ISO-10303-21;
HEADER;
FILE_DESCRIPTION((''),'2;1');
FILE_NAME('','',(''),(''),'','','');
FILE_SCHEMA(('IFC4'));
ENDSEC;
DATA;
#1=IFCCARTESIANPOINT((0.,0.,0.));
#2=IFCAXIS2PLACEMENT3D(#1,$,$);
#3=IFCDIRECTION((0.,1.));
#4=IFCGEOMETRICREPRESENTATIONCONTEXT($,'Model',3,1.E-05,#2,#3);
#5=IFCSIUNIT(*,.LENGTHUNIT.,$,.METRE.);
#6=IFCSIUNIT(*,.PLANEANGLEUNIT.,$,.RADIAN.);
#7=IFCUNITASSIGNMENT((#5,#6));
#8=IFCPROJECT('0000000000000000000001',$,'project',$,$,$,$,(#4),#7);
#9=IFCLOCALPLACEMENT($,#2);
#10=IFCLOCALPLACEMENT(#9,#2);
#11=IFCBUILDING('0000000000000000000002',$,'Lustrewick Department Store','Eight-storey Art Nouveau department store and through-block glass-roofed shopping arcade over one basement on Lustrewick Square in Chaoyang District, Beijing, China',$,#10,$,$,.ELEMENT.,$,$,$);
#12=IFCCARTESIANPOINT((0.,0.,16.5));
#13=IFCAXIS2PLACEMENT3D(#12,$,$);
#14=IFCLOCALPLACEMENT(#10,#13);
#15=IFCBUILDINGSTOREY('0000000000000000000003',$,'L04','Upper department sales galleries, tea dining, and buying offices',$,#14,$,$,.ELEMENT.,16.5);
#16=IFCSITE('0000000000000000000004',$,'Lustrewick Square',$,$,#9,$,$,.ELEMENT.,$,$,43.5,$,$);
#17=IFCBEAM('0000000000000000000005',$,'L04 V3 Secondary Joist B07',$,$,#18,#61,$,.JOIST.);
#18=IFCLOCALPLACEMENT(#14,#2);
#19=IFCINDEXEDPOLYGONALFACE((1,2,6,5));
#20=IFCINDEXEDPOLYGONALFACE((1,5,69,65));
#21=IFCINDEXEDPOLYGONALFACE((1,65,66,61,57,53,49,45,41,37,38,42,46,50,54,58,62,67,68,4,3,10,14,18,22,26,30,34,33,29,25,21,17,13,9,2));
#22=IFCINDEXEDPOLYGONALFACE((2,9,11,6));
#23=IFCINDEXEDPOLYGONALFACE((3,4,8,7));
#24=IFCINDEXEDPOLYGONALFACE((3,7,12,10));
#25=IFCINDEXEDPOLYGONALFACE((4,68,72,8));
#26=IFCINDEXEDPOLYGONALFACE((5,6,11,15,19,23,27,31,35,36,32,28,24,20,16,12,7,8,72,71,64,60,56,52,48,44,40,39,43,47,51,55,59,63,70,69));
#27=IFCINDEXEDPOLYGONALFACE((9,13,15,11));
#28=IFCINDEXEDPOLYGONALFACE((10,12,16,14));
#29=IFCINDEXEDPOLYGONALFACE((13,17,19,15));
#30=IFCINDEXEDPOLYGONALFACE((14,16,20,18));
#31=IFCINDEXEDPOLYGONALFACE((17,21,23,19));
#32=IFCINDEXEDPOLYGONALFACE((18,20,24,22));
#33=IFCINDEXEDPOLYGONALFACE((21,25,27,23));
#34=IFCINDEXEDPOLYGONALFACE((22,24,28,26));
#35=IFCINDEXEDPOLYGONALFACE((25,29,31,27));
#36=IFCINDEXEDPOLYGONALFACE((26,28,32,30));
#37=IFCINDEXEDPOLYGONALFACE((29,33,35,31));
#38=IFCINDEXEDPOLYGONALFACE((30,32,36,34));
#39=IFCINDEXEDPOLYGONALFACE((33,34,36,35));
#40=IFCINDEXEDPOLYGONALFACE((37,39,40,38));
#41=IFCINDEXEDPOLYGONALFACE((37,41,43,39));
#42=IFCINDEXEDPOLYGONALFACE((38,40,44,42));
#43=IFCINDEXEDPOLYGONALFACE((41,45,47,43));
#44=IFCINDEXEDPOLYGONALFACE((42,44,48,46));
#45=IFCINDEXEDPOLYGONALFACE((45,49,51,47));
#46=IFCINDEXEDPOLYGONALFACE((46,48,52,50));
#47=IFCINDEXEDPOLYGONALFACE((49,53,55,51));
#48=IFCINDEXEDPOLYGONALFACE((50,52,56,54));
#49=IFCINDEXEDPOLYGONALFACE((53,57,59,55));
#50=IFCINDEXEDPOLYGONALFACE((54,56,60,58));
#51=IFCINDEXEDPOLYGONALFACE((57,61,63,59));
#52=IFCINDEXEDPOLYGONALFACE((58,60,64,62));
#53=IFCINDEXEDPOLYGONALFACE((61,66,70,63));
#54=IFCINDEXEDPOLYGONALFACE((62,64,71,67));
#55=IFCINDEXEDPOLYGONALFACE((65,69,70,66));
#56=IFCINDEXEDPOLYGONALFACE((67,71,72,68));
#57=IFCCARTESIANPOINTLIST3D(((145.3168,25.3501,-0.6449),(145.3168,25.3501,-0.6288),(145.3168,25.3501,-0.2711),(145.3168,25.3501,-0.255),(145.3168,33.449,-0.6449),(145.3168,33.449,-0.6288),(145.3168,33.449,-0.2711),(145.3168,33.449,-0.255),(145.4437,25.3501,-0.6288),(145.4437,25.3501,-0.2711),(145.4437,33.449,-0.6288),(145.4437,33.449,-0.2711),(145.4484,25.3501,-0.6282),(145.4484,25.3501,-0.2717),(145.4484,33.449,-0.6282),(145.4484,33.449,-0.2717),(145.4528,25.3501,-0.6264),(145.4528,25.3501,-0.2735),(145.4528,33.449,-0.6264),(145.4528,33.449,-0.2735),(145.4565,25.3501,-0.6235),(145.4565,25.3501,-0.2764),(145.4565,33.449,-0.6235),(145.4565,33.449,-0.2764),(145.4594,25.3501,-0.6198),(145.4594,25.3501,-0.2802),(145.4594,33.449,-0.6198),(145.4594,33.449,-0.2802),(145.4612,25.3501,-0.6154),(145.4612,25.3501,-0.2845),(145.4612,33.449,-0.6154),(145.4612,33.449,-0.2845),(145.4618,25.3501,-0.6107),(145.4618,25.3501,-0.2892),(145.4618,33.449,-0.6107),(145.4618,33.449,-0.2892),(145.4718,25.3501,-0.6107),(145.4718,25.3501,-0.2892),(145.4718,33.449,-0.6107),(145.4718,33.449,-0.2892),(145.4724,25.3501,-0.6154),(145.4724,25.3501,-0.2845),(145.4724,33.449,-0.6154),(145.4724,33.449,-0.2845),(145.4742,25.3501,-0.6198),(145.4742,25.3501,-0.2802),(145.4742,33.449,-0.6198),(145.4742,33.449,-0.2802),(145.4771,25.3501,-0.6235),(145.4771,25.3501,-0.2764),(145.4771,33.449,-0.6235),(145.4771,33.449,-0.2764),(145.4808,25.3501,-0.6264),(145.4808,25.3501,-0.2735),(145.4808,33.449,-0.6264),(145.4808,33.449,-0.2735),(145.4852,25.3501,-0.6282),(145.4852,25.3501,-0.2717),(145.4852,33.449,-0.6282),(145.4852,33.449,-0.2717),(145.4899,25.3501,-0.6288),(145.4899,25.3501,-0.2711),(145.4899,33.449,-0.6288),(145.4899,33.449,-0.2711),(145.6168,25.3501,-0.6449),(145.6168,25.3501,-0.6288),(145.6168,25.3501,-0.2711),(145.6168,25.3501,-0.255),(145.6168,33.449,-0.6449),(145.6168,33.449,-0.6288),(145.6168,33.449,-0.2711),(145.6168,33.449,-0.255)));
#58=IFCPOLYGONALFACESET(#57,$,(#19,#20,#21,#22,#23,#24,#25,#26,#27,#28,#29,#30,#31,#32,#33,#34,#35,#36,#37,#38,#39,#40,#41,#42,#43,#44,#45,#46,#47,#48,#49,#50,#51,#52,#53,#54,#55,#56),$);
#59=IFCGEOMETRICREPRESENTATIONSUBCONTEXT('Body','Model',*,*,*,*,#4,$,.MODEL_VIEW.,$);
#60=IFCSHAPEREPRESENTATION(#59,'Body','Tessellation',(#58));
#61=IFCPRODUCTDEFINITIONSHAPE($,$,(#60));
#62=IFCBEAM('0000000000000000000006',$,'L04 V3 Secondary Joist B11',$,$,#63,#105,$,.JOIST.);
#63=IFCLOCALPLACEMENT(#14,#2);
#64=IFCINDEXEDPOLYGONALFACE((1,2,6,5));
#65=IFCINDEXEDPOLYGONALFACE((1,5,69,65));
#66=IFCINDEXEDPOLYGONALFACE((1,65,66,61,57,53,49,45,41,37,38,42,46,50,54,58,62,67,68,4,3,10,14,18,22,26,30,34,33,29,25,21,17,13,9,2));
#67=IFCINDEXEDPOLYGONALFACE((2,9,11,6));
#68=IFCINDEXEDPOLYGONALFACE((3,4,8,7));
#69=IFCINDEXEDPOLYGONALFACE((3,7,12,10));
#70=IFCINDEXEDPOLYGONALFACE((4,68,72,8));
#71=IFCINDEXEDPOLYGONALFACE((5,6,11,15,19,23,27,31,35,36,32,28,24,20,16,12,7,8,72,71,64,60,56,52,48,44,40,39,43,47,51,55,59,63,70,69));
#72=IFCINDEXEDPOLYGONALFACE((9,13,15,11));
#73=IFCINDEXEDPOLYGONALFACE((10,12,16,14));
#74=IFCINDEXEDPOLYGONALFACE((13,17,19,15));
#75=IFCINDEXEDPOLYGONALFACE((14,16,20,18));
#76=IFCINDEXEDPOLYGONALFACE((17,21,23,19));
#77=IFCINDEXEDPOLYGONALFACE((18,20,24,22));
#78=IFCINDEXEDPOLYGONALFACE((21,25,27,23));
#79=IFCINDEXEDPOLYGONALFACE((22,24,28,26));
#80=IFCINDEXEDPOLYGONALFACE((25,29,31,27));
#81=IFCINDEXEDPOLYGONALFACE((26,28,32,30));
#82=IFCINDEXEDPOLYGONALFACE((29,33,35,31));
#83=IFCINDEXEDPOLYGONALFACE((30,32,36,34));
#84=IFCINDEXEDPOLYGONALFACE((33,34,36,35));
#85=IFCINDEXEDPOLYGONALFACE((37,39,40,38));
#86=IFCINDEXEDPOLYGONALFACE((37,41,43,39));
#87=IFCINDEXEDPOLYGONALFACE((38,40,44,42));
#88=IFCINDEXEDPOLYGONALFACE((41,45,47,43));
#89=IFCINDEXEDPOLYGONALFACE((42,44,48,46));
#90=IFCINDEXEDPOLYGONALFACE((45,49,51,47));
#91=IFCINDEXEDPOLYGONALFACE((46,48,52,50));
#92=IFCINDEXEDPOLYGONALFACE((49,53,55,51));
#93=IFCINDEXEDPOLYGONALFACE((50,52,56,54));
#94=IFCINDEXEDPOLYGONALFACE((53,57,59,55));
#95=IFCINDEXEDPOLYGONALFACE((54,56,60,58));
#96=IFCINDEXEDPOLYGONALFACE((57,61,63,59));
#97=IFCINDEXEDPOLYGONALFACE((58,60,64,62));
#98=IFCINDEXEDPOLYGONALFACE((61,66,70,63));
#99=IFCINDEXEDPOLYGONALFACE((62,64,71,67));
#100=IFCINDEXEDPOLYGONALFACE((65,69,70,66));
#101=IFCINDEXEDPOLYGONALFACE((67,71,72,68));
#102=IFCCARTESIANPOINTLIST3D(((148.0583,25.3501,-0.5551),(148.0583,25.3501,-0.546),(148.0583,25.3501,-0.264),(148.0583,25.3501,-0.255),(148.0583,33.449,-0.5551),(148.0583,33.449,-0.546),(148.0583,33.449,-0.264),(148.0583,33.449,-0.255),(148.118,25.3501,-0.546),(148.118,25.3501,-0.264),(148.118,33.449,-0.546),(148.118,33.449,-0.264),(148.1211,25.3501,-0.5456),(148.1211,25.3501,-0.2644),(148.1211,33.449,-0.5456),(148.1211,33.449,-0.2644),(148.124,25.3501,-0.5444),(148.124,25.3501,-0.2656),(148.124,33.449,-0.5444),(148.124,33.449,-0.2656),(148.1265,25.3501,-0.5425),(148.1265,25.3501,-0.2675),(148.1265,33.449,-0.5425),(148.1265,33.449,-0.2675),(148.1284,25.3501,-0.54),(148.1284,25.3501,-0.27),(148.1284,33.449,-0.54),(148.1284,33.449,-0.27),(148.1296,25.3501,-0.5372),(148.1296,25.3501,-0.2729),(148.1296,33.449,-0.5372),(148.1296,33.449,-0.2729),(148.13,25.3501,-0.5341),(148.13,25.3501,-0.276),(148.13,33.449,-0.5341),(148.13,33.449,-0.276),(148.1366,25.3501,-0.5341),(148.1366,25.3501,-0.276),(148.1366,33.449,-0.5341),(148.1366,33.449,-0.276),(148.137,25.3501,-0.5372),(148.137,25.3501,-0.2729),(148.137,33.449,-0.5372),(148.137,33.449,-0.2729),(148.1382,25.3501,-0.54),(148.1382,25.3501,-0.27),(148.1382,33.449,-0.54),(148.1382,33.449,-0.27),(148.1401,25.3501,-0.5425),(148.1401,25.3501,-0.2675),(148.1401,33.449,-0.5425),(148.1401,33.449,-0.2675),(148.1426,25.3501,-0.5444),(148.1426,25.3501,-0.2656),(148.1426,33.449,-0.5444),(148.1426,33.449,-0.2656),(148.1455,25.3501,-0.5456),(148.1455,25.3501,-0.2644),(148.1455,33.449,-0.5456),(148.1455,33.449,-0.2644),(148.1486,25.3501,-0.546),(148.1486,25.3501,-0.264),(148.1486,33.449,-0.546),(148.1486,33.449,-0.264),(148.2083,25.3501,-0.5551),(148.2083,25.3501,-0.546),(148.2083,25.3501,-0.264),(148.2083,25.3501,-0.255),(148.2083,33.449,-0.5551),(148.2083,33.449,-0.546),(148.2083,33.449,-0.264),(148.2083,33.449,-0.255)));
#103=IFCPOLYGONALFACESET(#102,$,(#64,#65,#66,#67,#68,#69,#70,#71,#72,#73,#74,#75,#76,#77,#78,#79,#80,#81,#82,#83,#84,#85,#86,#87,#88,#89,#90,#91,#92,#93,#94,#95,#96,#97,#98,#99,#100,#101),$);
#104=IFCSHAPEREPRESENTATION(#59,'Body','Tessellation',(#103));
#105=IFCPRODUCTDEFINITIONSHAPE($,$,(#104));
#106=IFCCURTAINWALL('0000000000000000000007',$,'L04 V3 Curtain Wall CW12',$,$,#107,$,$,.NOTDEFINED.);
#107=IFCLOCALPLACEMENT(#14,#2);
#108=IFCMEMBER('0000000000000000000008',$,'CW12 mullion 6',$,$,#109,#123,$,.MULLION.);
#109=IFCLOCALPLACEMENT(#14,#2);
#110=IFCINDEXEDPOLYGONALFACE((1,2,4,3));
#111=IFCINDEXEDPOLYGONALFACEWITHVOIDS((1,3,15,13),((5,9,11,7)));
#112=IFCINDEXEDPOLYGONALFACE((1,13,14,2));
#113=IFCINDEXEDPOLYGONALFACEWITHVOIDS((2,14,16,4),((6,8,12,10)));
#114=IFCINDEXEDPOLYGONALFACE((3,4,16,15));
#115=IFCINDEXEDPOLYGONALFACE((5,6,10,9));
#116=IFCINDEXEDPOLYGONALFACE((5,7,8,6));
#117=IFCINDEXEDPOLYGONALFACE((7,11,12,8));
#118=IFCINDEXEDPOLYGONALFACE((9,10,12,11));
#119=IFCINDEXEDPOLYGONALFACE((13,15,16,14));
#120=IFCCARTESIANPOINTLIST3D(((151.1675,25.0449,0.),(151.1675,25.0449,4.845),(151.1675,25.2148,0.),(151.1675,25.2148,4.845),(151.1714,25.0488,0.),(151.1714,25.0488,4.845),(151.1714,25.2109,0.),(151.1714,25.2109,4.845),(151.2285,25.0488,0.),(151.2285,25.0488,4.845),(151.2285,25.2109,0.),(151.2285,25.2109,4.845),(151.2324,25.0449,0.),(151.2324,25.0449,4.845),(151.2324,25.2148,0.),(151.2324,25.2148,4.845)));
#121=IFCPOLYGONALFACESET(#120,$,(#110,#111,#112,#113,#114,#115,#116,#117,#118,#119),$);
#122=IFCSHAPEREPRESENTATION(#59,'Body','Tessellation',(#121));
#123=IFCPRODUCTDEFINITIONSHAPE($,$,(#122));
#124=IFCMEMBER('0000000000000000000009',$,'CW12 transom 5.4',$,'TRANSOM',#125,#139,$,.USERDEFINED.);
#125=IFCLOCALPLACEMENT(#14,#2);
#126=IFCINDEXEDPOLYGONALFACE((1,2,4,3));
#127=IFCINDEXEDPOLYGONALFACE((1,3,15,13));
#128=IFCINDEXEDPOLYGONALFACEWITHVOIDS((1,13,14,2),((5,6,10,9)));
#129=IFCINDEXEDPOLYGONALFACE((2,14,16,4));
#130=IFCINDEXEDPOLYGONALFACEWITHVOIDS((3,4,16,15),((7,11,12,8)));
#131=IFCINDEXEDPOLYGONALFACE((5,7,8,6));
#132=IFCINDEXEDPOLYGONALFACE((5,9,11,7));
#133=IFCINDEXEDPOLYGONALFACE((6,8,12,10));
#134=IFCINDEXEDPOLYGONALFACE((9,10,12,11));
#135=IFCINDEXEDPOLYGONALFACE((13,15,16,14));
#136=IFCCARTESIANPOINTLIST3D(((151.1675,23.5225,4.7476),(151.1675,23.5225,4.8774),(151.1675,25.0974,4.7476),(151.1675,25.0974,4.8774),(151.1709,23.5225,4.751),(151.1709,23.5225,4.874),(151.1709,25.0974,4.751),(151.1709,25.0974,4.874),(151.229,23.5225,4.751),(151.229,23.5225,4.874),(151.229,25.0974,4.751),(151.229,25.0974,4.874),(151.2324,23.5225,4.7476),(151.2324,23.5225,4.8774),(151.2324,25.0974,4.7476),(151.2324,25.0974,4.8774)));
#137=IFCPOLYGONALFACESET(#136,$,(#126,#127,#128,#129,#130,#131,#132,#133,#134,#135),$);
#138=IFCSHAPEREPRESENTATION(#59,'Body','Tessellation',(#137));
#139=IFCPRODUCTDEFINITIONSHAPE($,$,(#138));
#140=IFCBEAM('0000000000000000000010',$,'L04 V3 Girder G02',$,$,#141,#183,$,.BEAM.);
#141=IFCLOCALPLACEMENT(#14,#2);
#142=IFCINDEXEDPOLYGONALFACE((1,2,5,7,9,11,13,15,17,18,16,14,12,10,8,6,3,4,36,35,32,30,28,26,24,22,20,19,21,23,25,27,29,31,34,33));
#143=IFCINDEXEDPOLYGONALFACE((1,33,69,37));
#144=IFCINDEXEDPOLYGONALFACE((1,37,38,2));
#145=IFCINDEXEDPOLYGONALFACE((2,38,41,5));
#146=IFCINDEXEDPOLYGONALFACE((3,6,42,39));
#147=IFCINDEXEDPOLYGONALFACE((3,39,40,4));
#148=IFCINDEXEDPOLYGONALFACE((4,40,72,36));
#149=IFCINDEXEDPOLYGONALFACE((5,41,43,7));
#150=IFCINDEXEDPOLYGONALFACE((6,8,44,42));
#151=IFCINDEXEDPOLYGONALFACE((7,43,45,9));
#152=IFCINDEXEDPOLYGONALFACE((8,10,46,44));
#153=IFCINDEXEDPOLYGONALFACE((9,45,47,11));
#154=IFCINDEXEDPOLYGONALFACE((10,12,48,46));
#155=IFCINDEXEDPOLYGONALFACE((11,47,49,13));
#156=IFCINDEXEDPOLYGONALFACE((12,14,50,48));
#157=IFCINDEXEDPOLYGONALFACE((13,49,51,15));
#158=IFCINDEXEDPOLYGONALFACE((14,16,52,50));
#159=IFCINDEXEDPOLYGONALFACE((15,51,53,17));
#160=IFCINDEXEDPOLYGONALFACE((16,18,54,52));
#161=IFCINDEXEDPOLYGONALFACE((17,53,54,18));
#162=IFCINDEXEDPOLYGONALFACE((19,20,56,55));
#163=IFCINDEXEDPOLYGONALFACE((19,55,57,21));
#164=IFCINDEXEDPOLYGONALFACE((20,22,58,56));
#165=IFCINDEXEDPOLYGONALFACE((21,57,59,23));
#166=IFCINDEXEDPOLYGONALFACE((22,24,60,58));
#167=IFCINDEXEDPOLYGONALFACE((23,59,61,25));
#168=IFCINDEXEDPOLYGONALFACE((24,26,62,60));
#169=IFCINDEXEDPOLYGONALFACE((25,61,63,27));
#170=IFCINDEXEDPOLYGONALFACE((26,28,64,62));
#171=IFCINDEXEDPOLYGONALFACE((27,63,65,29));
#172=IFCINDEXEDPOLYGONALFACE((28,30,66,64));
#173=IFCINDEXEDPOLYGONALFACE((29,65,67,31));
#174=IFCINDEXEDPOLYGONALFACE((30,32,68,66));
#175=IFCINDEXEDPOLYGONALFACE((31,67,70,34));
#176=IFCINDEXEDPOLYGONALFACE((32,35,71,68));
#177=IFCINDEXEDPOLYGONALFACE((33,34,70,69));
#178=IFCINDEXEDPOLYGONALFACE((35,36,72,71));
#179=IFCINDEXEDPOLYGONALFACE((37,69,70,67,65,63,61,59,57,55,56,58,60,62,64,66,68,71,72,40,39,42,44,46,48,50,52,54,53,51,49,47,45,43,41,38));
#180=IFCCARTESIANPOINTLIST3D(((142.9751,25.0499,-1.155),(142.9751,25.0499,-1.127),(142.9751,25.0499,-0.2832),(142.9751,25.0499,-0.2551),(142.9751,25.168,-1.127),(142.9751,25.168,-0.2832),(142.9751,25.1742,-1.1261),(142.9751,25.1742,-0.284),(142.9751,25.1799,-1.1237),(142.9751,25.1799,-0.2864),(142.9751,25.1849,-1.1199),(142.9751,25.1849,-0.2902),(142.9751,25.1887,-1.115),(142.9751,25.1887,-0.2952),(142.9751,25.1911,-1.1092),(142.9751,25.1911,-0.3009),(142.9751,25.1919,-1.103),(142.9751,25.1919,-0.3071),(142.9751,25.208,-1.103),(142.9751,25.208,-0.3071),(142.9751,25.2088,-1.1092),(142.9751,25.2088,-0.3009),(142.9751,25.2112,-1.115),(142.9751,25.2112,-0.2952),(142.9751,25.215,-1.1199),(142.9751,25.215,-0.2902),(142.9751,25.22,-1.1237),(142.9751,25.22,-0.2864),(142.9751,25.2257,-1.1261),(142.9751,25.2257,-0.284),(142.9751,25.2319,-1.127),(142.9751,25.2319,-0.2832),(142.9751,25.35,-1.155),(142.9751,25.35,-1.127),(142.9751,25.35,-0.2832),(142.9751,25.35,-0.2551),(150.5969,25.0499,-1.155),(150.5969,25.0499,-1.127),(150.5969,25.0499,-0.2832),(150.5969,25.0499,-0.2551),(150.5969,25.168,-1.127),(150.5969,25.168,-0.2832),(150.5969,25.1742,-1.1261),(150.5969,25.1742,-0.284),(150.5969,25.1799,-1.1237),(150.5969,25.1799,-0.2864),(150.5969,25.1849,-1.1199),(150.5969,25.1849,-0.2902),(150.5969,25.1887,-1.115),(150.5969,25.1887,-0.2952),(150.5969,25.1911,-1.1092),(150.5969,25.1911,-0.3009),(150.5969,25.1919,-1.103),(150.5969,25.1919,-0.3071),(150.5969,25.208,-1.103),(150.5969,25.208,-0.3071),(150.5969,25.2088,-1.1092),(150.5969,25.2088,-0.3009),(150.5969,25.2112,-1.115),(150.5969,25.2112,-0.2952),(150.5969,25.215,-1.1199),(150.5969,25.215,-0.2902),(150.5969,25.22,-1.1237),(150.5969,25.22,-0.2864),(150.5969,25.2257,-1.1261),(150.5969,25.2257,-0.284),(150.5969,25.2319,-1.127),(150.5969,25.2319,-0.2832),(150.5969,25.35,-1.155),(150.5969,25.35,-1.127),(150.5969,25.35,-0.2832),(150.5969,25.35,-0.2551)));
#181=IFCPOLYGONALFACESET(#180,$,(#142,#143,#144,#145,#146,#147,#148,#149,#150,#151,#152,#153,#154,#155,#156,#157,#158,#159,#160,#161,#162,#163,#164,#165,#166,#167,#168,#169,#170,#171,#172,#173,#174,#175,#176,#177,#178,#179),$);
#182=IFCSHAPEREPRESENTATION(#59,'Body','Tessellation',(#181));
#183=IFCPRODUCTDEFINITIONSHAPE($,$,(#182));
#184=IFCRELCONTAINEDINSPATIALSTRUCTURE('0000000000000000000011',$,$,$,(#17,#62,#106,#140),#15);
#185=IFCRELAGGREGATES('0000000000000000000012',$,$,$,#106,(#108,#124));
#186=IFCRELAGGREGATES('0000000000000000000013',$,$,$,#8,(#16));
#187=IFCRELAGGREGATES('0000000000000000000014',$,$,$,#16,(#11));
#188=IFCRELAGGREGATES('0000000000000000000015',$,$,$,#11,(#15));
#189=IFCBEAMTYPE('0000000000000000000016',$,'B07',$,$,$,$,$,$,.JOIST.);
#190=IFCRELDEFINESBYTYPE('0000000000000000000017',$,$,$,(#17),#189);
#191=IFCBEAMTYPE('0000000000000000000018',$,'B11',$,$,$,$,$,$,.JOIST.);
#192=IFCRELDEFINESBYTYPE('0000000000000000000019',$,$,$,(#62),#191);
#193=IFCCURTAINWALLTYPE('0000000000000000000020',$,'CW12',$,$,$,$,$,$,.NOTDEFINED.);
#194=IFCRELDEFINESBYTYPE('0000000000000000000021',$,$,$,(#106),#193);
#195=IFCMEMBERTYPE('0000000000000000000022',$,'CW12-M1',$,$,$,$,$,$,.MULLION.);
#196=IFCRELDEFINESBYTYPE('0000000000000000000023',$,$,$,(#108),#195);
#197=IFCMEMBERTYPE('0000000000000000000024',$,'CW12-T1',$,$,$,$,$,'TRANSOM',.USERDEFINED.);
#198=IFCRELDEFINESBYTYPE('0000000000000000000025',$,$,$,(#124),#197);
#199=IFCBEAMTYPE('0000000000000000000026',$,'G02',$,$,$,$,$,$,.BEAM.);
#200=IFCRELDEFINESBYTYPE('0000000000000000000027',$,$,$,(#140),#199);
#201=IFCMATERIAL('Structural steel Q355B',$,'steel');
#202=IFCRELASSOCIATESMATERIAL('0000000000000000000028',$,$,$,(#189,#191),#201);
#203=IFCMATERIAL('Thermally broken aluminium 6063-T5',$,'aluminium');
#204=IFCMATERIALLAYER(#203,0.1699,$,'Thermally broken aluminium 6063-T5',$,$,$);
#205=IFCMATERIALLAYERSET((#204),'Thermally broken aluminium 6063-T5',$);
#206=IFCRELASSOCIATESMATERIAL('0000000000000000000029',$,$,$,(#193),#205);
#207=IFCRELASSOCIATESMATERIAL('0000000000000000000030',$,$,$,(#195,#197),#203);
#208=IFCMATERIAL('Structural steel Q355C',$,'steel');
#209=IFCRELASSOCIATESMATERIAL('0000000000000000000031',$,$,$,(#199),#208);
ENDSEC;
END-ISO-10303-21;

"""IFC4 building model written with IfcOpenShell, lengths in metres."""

from ifc_helpers import new_model, si_unit, direction, frame, origin, origin_2d, place, context, subcontext, project, spatial, hollow_rectangle, i_section, extrude, material, layer, layer_set, material_profile, profile_set, type_object, element, aggregate, save


model = new_model("IFC4")

# Units and contexts
model_context = context("Model", 3, precision=1e-05, world=origin(), true_north=direction((0.0, 1.0)))
body_context = subcontext(model_context, "Body", "Model", "MODEL_VIEW")
ifc_project = project(units=[si_unit("LENGTHUNIT", "METRE"), si_unit("PLANEANGLEUNIT", "RADIAN")], contexts=[model_context])

# Site, building, storey
site_placement = place(None, origin())
site = spatial("IfcSite", under=ifc_project, at=site_placement, Name="Lustrewick Square", CompositionType="ELEMENT", RefElevation=43.5)
building_placement = place(site_placement, origin())
building = spatial("IfcBuilding", under=site, at=building_placement, Name="Lustrewick Department Store", Description="Eight-storey Art Nouveau department store and through-block glass-roofed shopping arcade over one basement on Lustrewick Square in Chaoyang District, Beijing, China", CompositionType="ELEMENT")
storey_placement = place(building_placement, frame((0.0, 0.0, 16.5)))
storey = spatial("IfcBuildingStorey", under=building, at=storey_placement, Name="L04", Description="Upper department sales galleries, tea dining, and buying offices", CompositionType="ELEMENT", Elevation=16.5)

# Shared definitions
ifc_material_1 = material(Name="Structural steel Q355C", Category="steel")
ifc_material_2 = material(Name="Structural steel Q355B", Category="steel")

# Beams
ifc_material_profile_1 = material_profile(ifc_material_2, i_section(OverallWidth=0.3, OverallDepth=0.3899, WebThickness=0.01, FlangeThickness=0.0161, FilletRadius=0.0181, at=origin_2d()), Name="HM 390x300x10x16")
ifc_profile_set_1 = profile_set([ifc_material_profile_1], Name="Structural steel Q355B")
beam_type_1 = type_object("IfcBeamType", Name="B07", PredefinedType="JOIST", material=ifc_profile_set_1)
beam_1_placement = place(storey_placement, frame((145.4668, 25.3501, -0.45), z_axis=(0.0, 1.0, 0.0), x_axis=(-1.0, 0.0, 0.0)))
element("IfcBeam", 1, at=beam_1_placement, inside=storey, type_object=beam_type_1, Name="L04 V3 Secondary Joist B07", PredefinedType="JOIST", context=body_context, shape_type="SweptSolid", body=[
    extrude(i_section(OverallWidth=0.3, OverallDepth=0.3899, WebThickness=0.01, FlangeThickness=0.0161, FilletRadius=0.0181, at=origin_2d()), origin(), (0.0, 0.0, 1.0), 8.0989),
])
ifc_material_profile_2 = material_profile(ifc_material_2, i_section(OverallWidth=0.1499, OverallDepth=0.3, WebThickness=0.0066, FlangeThickness=0.009, FilletRadius=0.012, at=origin_2d()), Name="HN 300x150x6.5x9")
ifc_profile_set_2 = profile_set([ifc_material_profile_2], Name="Structural steel Q355B")
beam_type_2 = type_object("IfcBeamType", Name="B11", PredefinedType="JOIST", material=ifc_profile_set_2)
beam_2_placement = place(storey_placement, frame((148.1333, 25.3501, -0.405), z_axis=(0.0, 1.0, 0.0), x_axis=(-1.0, 0.0, 0.0)))
element("IfcBeam", 2, at=beam_2_placement, inside=storey, type_object=beam_type_2, Name="L04 V3 Secondary Joist B11", PredefinedType="JOIST", context=body_context, shape_type="SweptSolid", body=[
    extrude(i_section(OverallWidth=0.1499, OverallDepth=0.3, WebThickness=0.0066, FlangeThickness=0.009, FilletRadius=0.012, at=origin_2d()), origin(), (0.0, 0.0, 1.0), 8.0989),
])

# Curtain wall, members
ifc_material_3 = material(Name="Thermally broken aluminium 6063-T5", Category="aluminium")
ifc_layer_1 = layer(ifc_material_3, 0.1699, Name="Thermally broken aluminium 6063-T5")
ifc_layer_set_1 = layer_set([ifc_layer_1], Name="Thermally broken aluminium 6063-T5")
curtain_wall_type = type_object("IfcCurtainWallType", Name="CW12", PredefinedType="NOTDEFINED", material=ifc_layer_set_1)
curtain_wall_placement = place(storey_placement, origin())
curtain_wall = element("IfcCurtainWall", 3, at=curtain_wall_placement, inside=storey, type_object=curtain_wall_type, Name="L04 V3 Curtain Wall CW12", PredefinedType="NOTDEFINED")
ifc_material_profile_3 = material_profile(ifc_material_3, hollow_rectangle(XDim=0.0649, YDim=0.1699, WallThickness=0.0039, at=origin_2d()), Name="ALU-M 65x170x4")
ifc_profile_set_3 = profile_set([ifc_material_profile_3], Name="Thermally broken aluminium 6063-T5")
member_type_1 = type_object("IfcMemberType", Name="CW12-M1", PredefinedType="MULLION", material=ifc_profile_set_3)
member_1_placement = place(storey_placement, frame((151.2, 25.1299, 0.0), z_axis=(0.0, 0.0, 1.0), x_axis=(-1.0, 0.0, 0.0)))
member_1 = element("IfcMember", 4, at=member_1_placement, type_object=member_type_1, Name="CW12 mullion 6", PredefinedType="MULLION", context=body_context, shape_type="SweptSolid", body=[
    extrude(hollow_rectangle(XDim=0.0649, YDim=0.1699, WallThickness=0.0039, at=origin_2d()), origin(), (0.0, 0.0, 1.0), 4.845),
])
ifc_material_profile_4 = material_profile(ifc_material_3, hollow_rectangle(XDim=0.0649, YDim=0.1299, WallThickness=0.0034, at=origin_2d()), Name="ALU-T 65x130x3.5")
ifc_profile_set_4 = profile_set([ifc_material_profile_4], Name="Thermally broken aluminium 6063-T5")
member_type_2 = type_object("IfcMemberType", Name="CW12-T1", ElementType="TRANSOM", PredefinedType="USERDEFINED", material=ifc_profile_set_4)
member_2_placement = place(storey_placement, frame((151.2, 23.5225, 4.8125), z_axis=(0.0, 1.0, 0.0), x_axis=(-1.0, 0.0, 0.0)))
member_2 = element("IfcMember", 5, at=member_2_placement, type_object=member_type_2, Name="CW12 transom 5.4", ObjectType="TRANSOM", PredefinedType="USERDEFINED", context=body_context, shape_type="SweptSolid", body=[
    extrude(hollow_rectangle(XDim=0.0649, YDim=0.1299, WallThickness=0.0034, at=origin_2d()), origin(), (0.0, 0.0, 1.0), 1.575),
])

# Beam
ifc_material_profile_5 = material_profile(ifc_material_1, i_section(OverallWidth=0.3, OverallDepth=0.8999, WebThickness=0.0161, FlangeThickness=0.0281, FilletRadius=0.0239, at=origin_2d()), Name="HN 900x300x16x28")
ifc_profile_set_5 = profile_set([ifc_material_profile_5], Name="Structural steel Q355C")
beam_type_3 = type_object("IfcBeamType", Name="G02", PredefinedType="BEAM", material=ifc_profile_set_5)
beam_3_placement = place(storey_placement, frame((142.9751, 25.2, -0.7051), z_axis=(1.0, 0.0, 0.0), x_axis=(0.0, 1.0, 0.0)))
element("IfcBeam", 6, at=beam_3_placement, inside=storey, type_object=beam_type_3, Name="L04 V3 Girder G02", PredefinedType="BEAM", context=body_context, shape_type="SweptSolid", body=[
    extrude(i_section(OverallWidth=0.3, OverallDepth=0.8999, WebThickness=0.0161, FlangeThickness=0.0281, FilletRadius=0.0239, at=origin_2d()), origin(), (0.0, 0.0, 1.0), 7.6218),
])

aggregate(curtain_wall, [member_1, member_2])

save(model, "model.ifc")
